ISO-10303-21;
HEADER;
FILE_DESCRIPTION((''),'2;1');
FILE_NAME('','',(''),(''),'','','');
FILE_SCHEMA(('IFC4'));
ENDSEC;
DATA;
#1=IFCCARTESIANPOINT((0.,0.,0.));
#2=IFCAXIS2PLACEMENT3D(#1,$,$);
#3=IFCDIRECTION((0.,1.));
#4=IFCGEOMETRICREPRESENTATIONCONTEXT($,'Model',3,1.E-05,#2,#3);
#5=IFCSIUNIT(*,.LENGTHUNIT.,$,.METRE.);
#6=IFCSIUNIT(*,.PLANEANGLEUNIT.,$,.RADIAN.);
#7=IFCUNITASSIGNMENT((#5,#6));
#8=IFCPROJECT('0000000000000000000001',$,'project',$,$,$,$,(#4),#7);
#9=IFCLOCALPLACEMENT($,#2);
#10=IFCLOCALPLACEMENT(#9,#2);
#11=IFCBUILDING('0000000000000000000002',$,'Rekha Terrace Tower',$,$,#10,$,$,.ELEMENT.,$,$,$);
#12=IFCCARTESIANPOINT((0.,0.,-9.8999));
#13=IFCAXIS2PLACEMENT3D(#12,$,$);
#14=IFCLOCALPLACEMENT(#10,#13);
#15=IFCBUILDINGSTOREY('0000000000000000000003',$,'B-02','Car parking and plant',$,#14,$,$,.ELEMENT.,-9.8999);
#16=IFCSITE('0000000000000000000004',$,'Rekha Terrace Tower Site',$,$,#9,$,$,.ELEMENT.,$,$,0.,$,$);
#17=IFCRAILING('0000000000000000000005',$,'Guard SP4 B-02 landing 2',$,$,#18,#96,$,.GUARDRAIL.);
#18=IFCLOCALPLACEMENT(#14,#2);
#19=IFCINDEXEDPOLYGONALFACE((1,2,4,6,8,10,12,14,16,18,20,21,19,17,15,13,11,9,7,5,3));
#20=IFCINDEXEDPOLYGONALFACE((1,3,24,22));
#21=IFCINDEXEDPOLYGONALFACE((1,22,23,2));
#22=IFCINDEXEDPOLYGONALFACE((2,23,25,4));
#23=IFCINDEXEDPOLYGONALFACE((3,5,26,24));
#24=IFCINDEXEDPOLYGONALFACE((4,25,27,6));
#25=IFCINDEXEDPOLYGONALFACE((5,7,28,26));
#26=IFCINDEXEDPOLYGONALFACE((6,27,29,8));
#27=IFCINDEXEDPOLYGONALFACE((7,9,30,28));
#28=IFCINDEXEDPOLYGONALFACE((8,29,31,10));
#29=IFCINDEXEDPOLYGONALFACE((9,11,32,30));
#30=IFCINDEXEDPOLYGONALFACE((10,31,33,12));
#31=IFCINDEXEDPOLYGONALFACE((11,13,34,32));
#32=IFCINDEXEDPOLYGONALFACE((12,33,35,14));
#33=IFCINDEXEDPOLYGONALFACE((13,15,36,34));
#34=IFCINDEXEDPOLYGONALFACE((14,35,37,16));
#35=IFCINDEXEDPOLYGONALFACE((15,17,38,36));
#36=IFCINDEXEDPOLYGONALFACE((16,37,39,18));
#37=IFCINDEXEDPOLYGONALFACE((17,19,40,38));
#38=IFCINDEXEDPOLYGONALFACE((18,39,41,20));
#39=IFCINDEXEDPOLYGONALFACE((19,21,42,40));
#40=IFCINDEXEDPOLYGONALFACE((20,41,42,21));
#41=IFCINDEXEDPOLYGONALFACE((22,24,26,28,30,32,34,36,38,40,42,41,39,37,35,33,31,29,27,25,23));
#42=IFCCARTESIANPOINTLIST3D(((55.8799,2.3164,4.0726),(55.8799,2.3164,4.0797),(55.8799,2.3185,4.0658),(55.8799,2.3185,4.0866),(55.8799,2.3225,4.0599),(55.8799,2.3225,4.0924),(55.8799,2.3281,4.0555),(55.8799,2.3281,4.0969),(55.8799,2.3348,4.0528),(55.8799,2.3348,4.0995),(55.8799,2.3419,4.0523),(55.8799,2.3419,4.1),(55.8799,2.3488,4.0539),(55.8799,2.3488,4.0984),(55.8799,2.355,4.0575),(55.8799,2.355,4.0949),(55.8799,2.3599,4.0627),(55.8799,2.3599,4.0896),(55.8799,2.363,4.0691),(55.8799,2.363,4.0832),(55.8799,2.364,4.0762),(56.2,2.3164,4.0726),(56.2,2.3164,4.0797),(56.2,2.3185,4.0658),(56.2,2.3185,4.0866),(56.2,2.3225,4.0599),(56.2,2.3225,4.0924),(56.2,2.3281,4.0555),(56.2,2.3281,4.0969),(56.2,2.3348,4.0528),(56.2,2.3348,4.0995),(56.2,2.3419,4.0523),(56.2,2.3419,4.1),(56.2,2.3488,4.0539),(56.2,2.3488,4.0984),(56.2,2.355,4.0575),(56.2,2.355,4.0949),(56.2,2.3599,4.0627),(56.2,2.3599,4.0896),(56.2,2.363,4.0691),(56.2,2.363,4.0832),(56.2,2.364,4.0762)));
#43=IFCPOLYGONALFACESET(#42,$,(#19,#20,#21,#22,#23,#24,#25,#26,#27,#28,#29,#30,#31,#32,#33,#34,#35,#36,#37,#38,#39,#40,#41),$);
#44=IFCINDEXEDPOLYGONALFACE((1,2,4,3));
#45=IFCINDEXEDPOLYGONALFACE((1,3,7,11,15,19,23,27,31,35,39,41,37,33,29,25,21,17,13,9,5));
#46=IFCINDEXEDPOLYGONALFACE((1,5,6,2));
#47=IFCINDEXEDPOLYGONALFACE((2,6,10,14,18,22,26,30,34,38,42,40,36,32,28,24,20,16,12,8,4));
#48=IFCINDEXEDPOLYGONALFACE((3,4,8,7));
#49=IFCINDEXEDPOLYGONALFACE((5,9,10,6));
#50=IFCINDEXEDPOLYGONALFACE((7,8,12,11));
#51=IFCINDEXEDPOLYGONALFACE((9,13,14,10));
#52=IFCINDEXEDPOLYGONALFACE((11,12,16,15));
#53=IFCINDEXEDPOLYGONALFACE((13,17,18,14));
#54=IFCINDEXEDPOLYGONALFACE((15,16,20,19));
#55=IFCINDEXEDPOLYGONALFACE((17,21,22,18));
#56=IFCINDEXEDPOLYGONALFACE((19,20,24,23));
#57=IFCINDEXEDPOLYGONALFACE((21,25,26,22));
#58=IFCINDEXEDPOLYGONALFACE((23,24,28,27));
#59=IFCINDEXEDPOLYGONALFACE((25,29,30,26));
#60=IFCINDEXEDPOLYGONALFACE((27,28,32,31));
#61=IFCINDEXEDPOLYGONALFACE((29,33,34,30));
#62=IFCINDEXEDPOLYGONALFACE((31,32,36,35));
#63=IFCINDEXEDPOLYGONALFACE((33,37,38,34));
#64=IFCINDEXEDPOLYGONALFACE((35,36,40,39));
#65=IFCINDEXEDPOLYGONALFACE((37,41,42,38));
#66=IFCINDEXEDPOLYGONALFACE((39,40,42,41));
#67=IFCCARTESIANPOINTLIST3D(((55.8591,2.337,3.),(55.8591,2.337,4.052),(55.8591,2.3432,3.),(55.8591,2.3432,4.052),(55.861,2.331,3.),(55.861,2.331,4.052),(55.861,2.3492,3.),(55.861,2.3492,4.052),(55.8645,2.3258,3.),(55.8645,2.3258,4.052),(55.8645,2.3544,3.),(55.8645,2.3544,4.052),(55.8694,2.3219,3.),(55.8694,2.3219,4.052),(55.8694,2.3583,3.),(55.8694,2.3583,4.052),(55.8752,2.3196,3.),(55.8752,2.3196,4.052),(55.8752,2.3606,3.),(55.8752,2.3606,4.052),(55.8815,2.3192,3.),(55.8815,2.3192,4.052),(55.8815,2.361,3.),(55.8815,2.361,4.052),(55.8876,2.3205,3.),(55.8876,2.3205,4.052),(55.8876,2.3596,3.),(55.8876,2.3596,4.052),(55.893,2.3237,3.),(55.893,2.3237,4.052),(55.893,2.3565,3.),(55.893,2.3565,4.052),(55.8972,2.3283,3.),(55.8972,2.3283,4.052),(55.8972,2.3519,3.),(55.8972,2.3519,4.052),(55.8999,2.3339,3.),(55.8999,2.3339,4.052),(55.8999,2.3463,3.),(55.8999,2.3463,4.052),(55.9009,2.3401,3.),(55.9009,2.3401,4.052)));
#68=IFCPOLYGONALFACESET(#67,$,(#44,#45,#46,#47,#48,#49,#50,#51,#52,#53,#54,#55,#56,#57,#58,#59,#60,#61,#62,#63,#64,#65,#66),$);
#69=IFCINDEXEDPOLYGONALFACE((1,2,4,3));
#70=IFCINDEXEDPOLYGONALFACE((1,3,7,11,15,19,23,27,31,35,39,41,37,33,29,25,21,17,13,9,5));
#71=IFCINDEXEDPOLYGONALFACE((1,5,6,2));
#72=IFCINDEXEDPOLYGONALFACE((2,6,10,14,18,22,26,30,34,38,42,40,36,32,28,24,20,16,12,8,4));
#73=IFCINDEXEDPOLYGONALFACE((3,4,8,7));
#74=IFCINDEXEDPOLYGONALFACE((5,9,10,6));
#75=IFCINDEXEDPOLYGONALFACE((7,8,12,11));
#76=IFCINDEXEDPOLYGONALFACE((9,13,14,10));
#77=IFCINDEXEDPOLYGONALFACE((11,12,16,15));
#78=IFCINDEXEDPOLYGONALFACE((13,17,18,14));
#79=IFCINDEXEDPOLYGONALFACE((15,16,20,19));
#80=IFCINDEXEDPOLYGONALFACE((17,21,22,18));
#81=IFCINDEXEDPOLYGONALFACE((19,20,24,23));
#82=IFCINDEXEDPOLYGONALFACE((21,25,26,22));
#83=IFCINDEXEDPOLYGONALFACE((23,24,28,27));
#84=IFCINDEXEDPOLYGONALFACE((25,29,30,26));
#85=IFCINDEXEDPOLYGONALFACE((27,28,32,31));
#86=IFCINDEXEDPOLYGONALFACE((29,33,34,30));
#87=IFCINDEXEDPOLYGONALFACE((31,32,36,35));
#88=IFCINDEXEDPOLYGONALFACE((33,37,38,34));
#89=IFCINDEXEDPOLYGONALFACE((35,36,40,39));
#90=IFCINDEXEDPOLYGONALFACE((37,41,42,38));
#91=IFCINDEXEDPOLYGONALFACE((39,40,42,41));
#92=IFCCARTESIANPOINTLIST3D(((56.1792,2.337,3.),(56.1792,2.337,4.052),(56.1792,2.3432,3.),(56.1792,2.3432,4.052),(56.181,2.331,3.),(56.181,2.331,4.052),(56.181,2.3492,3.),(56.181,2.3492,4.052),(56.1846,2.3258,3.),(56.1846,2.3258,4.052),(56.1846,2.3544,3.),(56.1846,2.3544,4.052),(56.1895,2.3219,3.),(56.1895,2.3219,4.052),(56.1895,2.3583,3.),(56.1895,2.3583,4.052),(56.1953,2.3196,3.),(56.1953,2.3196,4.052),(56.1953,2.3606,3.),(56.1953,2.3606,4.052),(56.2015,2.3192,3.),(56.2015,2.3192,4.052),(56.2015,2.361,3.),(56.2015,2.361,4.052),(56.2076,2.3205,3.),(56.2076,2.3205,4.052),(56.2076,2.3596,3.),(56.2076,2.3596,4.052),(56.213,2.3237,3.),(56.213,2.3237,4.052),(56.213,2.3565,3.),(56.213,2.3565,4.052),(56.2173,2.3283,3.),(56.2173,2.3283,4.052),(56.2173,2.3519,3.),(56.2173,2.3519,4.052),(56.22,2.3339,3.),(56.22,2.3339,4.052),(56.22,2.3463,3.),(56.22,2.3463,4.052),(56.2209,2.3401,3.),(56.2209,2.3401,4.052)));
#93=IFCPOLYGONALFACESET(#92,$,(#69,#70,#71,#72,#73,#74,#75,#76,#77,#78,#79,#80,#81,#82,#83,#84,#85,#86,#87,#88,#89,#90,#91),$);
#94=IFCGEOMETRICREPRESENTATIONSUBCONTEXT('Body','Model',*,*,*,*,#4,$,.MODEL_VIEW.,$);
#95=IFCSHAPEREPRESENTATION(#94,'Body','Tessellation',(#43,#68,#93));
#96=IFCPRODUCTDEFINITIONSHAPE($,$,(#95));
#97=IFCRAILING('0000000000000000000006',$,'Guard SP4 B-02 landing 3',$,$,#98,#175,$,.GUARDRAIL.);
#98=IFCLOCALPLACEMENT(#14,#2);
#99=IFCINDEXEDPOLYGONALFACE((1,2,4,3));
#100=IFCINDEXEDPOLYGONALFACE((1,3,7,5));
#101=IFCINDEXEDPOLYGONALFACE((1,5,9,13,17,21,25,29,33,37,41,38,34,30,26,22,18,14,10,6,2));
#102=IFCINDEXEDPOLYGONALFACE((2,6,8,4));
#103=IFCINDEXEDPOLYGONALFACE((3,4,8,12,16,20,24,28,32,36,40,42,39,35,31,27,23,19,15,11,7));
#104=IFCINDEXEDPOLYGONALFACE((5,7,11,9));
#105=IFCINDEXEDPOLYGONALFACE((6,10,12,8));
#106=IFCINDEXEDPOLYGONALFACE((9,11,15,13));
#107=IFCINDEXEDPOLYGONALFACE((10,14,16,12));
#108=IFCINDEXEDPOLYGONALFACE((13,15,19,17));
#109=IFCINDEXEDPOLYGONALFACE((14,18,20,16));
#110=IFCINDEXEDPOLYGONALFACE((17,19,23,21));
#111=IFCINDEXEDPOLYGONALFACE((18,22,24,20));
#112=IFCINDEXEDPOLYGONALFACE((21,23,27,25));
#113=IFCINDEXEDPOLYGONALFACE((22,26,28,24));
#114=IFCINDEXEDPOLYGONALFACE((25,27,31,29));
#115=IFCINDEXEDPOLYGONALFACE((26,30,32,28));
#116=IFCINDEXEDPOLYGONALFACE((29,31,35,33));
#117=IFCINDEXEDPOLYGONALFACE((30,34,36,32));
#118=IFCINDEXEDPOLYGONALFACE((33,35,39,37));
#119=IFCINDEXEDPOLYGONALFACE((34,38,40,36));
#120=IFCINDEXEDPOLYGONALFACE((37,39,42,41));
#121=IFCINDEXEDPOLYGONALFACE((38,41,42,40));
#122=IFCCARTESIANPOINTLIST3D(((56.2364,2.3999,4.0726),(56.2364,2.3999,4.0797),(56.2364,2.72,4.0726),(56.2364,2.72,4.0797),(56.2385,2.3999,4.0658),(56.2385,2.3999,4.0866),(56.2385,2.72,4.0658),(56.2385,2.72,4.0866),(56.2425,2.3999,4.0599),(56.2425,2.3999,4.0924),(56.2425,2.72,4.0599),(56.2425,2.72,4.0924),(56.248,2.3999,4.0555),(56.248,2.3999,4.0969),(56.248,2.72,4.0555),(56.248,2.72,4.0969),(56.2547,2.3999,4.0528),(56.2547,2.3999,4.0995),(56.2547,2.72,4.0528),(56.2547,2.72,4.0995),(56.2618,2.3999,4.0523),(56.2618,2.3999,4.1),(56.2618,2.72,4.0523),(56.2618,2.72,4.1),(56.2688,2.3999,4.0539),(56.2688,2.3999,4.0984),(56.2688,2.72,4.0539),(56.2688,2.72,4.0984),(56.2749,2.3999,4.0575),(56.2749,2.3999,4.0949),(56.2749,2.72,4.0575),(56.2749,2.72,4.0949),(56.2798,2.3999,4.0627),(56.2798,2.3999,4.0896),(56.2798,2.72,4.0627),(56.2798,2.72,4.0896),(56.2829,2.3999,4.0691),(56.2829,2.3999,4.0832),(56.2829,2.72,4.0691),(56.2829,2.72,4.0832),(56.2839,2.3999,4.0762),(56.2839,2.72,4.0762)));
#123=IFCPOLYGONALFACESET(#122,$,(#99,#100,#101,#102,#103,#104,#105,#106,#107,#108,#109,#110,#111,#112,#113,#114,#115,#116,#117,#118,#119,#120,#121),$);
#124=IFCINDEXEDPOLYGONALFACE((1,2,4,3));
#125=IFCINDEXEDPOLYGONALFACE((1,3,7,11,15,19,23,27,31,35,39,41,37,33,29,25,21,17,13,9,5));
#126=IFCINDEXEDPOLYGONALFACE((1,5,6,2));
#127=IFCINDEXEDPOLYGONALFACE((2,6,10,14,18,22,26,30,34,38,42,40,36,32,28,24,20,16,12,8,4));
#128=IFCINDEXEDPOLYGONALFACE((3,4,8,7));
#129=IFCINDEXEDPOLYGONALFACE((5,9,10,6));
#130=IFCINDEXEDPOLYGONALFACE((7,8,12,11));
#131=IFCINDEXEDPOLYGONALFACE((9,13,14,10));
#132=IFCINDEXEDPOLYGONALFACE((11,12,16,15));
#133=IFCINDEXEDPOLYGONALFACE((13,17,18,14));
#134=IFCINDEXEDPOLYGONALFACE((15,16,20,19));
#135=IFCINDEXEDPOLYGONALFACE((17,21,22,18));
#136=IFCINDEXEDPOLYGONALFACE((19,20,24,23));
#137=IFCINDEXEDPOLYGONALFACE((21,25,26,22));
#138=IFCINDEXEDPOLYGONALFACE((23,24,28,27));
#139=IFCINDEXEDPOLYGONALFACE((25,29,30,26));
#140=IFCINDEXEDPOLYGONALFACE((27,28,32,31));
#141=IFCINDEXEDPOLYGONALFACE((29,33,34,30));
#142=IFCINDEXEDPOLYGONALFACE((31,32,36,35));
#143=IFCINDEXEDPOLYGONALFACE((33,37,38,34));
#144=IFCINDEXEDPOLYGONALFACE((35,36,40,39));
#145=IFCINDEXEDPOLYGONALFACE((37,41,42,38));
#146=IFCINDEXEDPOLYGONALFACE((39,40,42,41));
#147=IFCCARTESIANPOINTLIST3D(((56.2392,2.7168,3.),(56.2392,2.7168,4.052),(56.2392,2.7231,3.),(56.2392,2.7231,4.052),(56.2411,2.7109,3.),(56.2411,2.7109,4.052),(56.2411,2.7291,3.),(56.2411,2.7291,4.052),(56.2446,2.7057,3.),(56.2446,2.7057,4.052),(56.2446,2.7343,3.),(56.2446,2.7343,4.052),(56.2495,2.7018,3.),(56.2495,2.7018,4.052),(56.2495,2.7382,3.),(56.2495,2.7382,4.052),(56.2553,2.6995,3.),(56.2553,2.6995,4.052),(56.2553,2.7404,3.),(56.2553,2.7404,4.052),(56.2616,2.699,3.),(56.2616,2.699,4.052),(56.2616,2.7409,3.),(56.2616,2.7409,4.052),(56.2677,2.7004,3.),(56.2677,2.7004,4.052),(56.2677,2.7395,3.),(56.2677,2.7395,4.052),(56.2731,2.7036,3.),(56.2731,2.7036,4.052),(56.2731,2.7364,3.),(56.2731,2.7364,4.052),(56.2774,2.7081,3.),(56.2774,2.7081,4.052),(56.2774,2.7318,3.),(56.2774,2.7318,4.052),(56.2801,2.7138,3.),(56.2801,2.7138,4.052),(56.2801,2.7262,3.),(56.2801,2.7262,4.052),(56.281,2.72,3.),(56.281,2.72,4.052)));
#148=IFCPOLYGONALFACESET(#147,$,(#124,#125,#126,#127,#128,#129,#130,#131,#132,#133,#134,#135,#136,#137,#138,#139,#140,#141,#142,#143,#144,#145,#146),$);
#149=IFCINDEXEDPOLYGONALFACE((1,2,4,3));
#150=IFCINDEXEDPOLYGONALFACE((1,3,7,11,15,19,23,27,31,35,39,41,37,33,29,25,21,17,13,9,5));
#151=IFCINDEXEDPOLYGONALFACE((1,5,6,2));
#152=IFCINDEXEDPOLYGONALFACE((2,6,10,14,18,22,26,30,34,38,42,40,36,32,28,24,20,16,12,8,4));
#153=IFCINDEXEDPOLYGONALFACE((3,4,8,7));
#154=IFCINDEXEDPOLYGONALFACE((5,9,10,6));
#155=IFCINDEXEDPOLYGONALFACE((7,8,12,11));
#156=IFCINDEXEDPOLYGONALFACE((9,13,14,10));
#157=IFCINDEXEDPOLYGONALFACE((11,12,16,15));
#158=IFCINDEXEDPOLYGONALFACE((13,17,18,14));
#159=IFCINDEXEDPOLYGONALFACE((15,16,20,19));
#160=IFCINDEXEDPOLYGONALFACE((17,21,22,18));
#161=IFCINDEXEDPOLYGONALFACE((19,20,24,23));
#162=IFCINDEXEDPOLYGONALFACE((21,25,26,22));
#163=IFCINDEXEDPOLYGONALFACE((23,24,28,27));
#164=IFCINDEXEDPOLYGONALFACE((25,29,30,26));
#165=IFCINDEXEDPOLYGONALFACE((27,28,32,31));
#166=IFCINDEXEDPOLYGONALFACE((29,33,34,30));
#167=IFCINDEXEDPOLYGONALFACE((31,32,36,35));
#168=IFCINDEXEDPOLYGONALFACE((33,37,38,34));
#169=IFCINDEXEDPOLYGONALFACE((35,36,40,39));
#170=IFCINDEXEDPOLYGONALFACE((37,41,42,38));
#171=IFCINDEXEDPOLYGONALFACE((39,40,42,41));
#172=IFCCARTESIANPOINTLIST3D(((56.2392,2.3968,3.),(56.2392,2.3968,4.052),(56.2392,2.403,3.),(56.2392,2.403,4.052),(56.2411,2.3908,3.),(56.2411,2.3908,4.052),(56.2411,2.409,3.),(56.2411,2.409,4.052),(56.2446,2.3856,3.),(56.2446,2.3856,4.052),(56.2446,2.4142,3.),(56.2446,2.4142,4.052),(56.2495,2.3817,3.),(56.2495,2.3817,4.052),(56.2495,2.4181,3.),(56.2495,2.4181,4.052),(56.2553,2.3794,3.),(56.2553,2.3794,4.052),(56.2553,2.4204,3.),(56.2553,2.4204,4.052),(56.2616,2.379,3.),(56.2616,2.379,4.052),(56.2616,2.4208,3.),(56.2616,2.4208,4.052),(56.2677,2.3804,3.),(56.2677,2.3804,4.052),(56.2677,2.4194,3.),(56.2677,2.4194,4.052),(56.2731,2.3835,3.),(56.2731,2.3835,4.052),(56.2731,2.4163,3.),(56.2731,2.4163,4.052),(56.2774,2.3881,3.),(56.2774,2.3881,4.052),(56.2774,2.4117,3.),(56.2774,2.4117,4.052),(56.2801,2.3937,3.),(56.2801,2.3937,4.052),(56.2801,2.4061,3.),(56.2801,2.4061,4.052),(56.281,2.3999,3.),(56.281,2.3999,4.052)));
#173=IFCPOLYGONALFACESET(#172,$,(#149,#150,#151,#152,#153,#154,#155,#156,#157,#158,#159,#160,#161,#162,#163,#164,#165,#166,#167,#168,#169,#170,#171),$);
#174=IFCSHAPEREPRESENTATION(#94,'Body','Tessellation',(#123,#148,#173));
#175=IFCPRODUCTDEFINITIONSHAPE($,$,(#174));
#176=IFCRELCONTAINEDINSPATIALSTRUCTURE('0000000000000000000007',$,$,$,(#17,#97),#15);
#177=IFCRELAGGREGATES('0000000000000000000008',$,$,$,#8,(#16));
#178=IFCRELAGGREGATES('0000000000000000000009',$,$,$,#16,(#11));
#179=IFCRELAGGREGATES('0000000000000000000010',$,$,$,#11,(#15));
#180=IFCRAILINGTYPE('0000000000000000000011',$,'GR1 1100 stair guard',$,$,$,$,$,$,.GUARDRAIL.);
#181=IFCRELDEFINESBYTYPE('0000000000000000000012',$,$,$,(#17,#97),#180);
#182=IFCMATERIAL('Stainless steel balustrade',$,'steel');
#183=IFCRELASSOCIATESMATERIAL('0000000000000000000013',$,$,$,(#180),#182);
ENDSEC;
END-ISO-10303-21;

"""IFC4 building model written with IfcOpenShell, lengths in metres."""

from ifc_helpers import new_model, si_unit, direction, frame, origin, origin_2d, place, context, subcontext, project, spatial, circle, extrude, material, type_object, element, save


model = new_model("IFC4")

# Units and contexts
model_context = context("Model", 3, precision=1e-05, world=origin(), true_north=direction((0.0, 1.0)))
body_context = subcontext(model_context, "Body", "Model", "MODEL_VIEW")
ifc_project = project(units=[si_unit("LENGTHUNIT", "METRE"), si_unit("PLANEANGLEUNIT", "RADIAN")], contexts=[model_context])

# Site, building, storey
site_placement = place(None, origin())
site = spatial("IfcSite", under=ifc_project, at=site_placement, Name="Rekha Terrace Tower Site", CompositionType="ELEMENT", RefElevation=0.0)
building_placement = place(site_placement, origin())
building = spatial("IfcBuilding", under=site, at=building_placement, Name="Rekha Terrace Tower", CompositionType="ELEMENT")
storey_placement = place(building_placement, frame((0.0, 0.0, -9.8999)))
storey = spatial("IfcBuildingStorey", under=building, at=storey_placement, Name="B-02", Description="Car parking and plant", CompositionType="ELEMENT", Elevation=-9.8999)

# Railings
ifc_material_1 = material(Name="Stainless steel balustrade", Category="steel")
railing_type_1 = type_object("IfcRailingType", Name="GR1 1100 stair guard", PredefinedType="GUARDRAIL", material=ifc_material_1)
railing_1_placement = place(storey_placement, frame((55.8799, 2.3401, 3.0)))
element("IfcRailing", 1, at=railing_1_placement, inside=storey, type_object=railing_type_1, Name="Guard SP4 B-02 landing 2", PredefinedType="GUARDRAIL", context=body_context, shape_type="SweptSolid", body=[
    extrude(circle(Radius=0.0239, at=origin_2d()), frame((0.0, 0.0, 1.0762), z_axis=(1.0, 0.0, 0.0), x_axis=(0.0, 1.0, 0.0)), (0.0, 0.0, 1.0), 0.3201),
    extrude(circle(Radius=0.021, at=origin_2d()), origin(), (0.0, 0.0, 1.0), 1.052),
    extrude(circle(Radius=0.021, at=origin_2d()), frame((0.3201, 0.0, 0.0)), (0.0, 0.0, 1.0), 1.052),
])
railing_2_placement = place(storey_placement, frame((56.26, 2.72, 3.0)))
element("IfcRailing", 2, at=railing_2_placement, inside=storey, type_object=railing_type_1, Name="Guard SP4 B-02 landing 3", PredefinedType="GUARDRAIL", context=body_context, shape_type="SweptSolid", body=[
    extrude(circle(Radius=0.0239, at=origin_2d()), frame((0.0, 0.0, 1.0762), z_axis=(0.0, -1.0, 0.0), x_axis=(1.0, 0.0, 0.0)), (0.0, 0.0, 1.0), 0.3201),
    extrude(circle(Radius=0.021, at=origin_2d()), origin(), (0.0, 0.0, 1.0), 1.052),
    extrude(circle(Radius=0.021, at=origin_2d()), frame((0.0, -0.3201, 0.0)), (0.0, 0.0, 1.0), 1.052),
])

save(model, "model.ifc")
